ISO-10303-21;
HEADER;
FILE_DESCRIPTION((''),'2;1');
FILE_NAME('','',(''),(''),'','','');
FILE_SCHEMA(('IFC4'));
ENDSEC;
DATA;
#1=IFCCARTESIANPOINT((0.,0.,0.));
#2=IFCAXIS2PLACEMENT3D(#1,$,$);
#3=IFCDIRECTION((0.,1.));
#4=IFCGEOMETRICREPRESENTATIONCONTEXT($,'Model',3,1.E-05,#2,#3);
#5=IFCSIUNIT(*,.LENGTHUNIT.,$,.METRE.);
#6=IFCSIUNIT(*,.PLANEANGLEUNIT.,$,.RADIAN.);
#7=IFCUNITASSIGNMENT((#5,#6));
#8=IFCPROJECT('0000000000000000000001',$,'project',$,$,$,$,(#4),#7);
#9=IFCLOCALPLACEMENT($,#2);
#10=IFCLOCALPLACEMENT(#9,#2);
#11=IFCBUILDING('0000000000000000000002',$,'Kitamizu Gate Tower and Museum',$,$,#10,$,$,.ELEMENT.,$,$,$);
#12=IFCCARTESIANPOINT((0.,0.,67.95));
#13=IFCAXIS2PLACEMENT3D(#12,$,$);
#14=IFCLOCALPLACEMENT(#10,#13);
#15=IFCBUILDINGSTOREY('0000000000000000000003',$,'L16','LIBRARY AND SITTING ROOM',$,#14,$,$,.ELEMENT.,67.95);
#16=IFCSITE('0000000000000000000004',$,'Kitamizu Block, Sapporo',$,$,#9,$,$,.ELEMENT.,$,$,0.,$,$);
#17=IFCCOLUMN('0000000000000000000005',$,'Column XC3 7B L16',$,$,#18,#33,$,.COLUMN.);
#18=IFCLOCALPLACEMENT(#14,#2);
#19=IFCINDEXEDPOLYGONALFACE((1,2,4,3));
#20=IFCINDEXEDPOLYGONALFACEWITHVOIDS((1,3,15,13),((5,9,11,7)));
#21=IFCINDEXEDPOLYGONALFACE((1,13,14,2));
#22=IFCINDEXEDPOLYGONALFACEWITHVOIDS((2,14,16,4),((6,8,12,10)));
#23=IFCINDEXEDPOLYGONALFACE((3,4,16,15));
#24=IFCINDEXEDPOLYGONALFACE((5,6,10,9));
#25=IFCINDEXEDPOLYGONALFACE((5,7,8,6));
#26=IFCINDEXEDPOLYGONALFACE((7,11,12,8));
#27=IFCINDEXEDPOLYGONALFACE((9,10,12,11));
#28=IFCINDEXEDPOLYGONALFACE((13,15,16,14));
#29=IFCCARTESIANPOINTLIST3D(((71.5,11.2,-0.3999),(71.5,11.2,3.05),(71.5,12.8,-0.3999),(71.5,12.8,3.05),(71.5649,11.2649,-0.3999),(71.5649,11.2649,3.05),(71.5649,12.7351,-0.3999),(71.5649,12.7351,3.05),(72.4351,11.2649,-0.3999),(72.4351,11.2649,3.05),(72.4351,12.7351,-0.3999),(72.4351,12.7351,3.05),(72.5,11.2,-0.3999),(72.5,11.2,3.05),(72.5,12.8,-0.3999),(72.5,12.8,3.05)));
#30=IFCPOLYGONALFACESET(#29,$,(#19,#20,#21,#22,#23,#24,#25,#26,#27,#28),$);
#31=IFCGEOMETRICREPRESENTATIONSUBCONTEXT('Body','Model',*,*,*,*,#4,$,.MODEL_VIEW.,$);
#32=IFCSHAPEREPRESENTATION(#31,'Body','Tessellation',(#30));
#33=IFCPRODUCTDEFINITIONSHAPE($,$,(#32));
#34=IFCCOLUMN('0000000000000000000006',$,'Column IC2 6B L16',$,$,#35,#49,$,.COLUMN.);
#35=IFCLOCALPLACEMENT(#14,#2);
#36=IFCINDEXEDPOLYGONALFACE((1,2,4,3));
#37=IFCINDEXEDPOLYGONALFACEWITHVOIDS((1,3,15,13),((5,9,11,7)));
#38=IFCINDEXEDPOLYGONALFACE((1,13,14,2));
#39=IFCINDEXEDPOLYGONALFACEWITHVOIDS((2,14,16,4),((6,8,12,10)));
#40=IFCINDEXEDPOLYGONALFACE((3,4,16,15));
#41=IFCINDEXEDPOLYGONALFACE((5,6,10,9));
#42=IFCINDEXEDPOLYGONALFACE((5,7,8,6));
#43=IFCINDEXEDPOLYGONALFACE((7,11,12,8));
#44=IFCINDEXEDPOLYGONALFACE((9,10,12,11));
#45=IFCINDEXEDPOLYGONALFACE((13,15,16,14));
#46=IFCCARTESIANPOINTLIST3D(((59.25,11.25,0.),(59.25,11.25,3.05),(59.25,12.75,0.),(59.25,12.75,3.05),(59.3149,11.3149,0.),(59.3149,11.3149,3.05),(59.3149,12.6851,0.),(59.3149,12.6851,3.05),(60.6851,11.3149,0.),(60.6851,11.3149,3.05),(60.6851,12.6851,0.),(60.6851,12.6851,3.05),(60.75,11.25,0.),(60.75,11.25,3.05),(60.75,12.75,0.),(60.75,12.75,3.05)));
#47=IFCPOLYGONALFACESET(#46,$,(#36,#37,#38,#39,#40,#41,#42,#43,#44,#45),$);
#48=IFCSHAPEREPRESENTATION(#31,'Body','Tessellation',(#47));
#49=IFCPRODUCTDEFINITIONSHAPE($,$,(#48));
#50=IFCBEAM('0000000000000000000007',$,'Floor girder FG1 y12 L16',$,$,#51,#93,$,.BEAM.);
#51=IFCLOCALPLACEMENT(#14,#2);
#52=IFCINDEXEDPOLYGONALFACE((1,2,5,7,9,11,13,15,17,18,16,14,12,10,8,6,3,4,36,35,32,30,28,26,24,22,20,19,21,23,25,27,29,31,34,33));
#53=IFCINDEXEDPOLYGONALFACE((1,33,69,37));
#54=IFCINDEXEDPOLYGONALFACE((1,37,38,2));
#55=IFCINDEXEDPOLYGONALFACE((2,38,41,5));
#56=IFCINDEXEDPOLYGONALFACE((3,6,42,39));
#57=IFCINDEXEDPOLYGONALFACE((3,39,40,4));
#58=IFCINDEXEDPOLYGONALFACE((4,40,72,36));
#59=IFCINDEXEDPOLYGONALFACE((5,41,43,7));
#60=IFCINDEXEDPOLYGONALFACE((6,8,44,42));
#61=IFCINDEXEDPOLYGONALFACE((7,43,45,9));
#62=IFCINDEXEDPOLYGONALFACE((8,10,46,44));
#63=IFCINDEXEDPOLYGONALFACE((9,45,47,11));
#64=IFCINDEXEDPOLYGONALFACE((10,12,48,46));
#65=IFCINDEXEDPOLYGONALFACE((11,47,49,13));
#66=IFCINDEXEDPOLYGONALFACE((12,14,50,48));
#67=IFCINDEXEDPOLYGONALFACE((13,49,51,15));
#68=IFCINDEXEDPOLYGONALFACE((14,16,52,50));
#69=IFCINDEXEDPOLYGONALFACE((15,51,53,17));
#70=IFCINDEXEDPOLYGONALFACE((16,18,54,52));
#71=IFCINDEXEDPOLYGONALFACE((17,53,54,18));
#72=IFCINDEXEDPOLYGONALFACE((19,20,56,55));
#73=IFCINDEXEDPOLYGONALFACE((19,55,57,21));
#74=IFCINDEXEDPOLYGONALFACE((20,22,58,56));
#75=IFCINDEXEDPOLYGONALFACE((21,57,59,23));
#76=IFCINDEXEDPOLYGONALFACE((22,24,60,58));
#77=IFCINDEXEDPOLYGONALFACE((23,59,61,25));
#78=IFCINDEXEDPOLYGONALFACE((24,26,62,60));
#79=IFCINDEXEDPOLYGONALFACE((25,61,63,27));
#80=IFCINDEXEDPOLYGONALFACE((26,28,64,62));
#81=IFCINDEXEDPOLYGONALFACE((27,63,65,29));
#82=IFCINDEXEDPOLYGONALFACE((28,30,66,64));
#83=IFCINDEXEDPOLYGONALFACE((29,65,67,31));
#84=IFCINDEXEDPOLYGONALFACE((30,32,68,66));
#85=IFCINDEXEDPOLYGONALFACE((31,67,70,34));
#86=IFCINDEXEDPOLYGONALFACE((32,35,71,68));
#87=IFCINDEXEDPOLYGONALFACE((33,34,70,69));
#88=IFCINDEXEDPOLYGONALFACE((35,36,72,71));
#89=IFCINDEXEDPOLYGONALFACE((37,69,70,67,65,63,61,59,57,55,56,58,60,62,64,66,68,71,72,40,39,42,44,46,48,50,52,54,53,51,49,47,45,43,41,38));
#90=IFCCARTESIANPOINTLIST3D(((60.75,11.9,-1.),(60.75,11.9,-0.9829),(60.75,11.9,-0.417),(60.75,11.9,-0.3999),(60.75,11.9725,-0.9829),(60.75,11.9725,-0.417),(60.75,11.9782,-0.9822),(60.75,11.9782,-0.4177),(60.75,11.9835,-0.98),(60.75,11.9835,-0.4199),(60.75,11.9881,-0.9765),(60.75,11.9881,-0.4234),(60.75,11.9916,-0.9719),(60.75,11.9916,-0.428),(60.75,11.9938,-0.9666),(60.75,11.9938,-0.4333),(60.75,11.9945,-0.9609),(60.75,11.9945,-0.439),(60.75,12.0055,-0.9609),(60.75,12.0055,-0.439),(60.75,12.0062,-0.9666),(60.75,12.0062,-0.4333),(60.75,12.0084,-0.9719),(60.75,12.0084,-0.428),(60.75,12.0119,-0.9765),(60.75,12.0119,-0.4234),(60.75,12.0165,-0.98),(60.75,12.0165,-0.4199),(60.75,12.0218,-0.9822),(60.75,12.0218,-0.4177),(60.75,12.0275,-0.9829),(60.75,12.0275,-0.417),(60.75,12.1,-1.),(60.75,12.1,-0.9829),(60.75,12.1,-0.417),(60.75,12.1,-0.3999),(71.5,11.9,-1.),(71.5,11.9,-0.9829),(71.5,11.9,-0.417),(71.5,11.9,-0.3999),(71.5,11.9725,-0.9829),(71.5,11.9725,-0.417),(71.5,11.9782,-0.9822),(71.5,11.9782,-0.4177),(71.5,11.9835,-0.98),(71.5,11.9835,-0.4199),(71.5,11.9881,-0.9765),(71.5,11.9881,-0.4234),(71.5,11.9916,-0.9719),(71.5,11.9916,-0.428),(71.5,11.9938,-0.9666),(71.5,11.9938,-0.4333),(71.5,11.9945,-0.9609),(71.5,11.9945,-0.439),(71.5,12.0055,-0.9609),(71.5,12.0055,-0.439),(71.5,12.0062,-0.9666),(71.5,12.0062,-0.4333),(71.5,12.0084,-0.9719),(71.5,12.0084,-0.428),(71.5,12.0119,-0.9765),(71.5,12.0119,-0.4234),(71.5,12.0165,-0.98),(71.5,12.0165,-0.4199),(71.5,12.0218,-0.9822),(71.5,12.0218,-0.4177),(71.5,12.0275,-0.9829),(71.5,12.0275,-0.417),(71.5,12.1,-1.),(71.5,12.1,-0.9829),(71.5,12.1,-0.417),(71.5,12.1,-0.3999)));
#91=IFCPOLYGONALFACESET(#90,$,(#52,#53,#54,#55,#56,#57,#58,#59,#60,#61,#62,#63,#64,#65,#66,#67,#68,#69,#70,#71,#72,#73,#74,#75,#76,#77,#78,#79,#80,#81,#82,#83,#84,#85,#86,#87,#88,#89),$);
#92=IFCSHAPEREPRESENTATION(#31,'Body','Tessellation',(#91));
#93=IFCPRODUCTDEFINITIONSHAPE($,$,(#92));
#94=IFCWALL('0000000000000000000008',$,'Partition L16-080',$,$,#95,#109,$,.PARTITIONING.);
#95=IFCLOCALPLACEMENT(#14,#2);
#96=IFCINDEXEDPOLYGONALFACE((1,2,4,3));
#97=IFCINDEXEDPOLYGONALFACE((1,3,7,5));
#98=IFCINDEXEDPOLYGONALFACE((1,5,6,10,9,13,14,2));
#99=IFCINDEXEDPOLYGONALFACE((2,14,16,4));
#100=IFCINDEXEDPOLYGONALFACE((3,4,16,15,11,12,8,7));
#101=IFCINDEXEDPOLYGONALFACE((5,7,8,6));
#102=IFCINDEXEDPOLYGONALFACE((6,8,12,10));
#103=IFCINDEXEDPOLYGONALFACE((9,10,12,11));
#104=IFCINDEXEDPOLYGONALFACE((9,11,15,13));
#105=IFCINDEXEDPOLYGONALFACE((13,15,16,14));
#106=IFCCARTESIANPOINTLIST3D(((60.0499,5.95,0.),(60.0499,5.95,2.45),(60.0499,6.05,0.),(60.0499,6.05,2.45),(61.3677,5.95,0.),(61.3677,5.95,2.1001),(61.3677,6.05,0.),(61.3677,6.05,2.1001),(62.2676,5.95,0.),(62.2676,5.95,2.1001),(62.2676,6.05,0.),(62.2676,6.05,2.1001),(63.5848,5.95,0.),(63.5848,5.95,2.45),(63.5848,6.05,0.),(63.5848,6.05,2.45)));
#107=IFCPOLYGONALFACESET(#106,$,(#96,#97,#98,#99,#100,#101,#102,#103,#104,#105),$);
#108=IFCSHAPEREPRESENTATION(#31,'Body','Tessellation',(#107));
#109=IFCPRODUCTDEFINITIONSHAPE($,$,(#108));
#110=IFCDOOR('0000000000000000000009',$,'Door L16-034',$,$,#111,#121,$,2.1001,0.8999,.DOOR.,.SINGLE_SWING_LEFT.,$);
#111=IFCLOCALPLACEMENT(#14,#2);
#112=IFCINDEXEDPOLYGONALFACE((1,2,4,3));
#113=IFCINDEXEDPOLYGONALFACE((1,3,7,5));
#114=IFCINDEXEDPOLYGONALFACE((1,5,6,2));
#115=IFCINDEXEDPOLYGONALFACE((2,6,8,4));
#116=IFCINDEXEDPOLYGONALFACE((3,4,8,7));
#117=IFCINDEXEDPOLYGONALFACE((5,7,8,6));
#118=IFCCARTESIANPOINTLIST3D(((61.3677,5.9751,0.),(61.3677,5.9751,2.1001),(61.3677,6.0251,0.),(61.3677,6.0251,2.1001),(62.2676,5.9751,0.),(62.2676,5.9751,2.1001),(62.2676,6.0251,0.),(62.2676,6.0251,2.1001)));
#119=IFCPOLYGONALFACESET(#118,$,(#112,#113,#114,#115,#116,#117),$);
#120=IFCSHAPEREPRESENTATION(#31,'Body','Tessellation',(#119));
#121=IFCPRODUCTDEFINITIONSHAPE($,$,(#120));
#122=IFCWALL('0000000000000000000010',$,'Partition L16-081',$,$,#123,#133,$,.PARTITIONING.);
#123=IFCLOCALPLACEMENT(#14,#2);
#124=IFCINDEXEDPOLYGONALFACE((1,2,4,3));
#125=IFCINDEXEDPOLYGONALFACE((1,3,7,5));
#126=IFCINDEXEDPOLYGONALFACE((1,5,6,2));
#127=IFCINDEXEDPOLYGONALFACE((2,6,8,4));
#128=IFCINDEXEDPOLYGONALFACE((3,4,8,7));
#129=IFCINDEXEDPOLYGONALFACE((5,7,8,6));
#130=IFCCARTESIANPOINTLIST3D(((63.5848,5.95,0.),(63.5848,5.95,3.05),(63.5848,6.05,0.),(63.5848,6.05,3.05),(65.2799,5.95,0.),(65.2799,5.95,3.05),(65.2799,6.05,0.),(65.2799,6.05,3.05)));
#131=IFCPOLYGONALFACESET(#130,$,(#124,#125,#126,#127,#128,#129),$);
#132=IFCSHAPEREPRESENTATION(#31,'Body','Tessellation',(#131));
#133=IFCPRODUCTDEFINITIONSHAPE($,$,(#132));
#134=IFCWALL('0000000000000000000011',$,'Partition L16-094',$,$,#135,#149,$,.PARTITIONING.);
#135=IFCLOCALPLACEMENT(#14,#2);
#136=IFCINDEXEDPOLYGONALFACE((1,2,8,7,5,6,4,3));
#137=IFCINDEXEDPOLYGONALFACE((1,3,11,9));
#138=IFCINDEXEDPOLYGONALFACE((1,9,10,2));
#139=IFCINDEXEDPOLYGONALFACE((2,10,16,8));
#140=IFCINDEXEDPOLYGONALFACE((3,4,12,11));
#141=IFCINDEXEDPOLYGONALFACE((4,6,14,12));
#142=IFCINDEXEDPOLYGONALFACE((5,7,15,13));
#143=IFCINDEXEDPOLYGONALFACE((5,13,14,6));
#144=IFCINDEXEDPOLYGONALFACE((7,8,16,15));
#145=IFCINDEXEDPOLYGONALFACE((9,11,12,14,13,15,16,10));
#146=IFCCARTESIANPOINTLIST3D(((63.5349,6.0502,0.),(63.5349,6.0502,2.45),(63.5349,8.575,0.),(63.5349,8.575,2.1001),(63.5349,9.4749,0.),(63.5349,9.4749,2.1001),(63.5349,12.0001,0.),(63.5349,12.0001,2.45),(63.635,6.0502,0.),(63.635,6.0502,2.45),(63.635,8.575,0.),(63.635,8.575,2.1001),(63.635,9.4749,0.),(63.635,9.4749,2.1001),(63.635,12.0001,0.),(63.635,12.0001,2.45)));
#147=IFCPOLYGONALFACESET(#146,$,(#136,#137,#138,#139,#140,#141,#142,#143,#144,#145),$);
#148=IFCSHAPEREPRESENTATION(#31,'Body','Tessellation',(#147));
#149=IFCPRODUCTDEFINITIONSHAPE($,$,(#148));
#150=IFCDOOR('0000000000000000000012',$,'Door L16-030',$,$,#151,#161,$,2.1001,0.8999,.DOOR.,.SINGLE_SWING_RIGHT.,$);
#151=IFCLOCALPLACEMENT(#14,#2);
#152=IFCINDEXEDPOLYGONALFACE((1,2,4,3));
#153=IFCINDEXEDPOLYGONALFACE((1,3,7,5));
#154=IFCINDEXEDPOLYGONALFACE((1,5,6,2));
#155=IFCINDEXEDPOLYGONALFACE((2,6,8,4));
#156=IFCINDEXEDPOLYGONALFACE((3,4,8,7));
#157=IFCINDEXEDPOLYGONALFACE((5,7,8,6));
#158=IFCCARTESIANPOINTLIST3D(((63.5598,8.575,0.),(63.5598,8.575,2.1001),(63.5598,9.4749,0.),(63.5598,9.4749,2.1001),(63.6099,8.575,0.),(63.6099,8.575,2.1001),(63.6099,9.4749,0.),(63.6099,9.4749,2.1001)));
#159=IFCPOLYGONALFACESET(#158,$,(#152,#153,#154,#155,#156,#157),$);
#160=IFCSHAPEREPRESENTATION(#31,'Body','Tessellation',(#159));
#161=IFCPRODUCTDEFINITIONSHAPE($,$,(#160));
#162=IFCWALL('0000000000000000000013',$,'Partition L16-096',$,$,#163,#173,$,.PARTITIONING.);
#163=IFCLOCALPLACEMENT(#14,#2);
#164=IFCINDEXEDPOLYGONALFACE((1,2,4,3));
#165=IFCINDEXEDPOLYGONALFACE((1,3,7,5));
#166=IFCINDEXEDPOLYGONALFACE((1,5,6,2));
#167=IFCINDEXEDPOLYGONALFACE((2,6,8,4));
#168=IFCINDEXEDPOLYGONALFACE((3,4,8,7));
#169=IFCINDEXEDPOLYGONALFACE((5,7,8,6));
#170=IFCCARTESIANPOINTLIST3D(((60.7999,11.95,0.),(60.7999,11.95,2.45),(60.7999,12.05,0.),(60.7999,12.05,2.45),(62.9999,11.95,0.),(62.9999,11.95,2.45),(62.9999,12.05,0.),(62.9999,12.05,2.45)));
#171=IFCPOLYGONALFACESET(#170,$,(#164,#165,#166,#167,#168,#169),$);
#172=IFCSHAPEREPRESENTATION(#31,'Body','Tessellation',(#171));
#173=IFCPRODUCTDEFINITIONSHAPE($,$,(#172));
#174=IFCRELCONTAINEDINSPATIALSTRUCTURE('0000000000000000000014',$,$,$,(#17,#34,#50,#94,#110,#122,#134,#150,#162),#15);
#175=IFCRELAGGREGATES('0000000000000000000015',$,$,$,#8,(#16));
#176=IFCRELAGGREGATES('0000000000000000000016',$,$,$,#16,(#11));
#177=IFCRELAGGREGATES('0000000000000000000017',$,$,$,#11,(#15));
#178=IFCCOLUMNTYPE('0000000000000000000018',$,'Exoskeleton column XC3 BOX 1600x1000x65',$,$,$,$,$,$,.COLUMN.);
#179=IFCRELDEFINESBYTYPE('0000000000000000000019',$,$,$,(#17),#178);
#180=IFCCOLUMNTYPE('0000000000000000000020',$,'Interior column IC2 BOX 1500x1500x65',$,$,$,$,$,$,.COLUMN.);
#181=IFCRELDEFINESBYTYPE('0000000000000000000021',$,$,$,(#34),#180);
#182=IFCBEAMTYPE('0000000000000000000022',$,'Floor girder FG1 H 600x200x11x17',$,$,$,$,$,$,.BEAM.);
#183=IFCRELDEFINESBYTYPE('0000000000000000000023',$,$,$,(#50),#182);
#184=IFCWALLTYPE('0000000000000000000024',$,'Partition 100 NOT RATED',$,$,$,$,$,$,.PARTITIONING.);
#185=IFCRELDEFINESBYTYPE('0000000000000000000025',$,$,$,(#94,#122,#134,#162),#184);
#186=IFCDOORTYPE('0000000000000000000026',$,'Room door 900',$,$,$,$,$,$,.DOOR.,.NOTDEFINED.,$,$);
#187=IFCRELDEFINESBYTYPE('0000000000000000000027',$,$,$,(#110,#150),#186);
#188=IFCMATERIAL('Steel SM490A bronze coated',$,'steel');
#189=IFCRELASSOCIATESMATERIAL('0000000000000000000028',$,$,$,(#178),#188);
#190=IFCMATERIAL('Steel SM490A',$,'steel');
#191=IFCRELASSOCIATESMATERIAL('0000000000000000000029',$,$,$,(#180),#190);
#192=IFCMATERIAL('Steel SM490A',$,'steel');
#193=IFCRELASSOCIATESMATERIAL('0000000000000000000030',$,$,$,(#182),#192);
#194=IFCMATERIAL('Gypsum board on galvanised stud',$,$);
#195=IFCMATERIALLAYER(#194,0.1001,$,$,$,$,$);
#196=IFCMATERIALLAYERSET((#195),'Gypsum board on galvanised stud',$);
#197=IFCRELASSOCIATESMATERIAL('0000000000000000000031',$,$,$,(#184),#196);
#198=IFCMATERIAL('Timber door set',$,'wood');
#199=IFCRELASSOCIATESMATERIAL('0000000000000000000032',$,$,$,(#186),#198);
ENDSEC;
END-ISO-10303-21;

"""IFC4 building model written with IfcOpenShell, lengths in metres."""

from ifc_helpers import new_model, si_unit, direction, frame, frame_2d, origin, origin_2d, place, context, subcontext, project, spatial, rectangle, hollow_rectangle, i_section, extrude, material, layer, layer_set, material_profile, profile_set, type_object, element, fill, save


model = new_model("IFC4")

# Units and contexts
model_context = context("Model", 3, precision=1e-05, world=origin(), true_north=direction((0.0, 1.0)))
body_context = subcontext(model_context, "Body", "Model", "MODEL_VIEW")
ifc_project = project(units=[si_unit("LENGTHUNIT", "METRE"), si_unit("PLANEANGLEUNIT", "RADIAN")], contexts=[model_context])

# Site, building, storey
site_placement = place(None, origin())
site = spatial("IfcSite", under=ifc_project, at=site_placement, Name="Kitamizu Block, Sapporo", CompositionType="ELEMENT", RefElevation=0.0)
building_placement = place(site_placement, origin())
building = spatial("IfcBuilding", under=site, at=building_placement, Name="Kitamizu Gate Tower and Museum", CompositionType="ELEMENT")
storey_placement = place(building_placement, frame((0.0, 0.0, 67.95)))
storey = spatial("IfcBuildingStorey", under=building, at=storey_placement, Name="L16", Description="LIBRARY AND SITTING ROOM", CompositionType="ELEMENT", Elevation=67.95)

# Columns
ifc_material_1 = material(Name="Steel SM490A bronze coated", Category="steel")
ifc_material_profile_1 = material_profile(ifc_material_1, hollow_rectangle(XDim=1.6001, YDim=1.0, WallThickness=0.0649, at=origin_2d()), Name="BOX 1600x1000x65")
ifc_profile_set_1 = profile_set([ifc_material_profile_1], Name="Steel SM490A bronze coated")
column_type_1 = type_object("IfcColumnType", Name="Exoskeleton column XC3 BOX 1600x1000x65", PredefinedType="COLUMN", material=ifc_profile_set_1)
column_1_placement = place(storey_placement, frame((72.0, 12.0, -0.3999), z_axis=(0.0, 0.0, 1.0), x_axis=(0.0, 1.0, 0.0)))
element("IfcColumn", 1, at=column_1_placement, inside=storey, type_object=column_type_1, Name="Column XC3 7B L16", PredefinedType="COLUMN", context=body_context, shape_type="SweptSolid", body=[
    extrude(hollow_rectangle(XDim=1.6001, YDim=1.0, WallThickness=0.0649, at=origin_2d()), origin(), (0.0, 0.0, 1.0), 3.45),
])
ifc_material_2 = material(Name="Steel SM490A", Category="steel")
ifc_material_profile_2 = material_profile(ifc_material_2, hollow_rectangle(XDim=1.5, YDim=1.5, WallThickness=0.0649, at=origin_2d()), Name="BOX 1500x1500x65")
ifc_profile_set_2 = profile_set([ifc_material_profile_2], Name="Steel SM490A")
column_type_2 = type_object("IfcColumnType", Name="Interior column IC2 BOX 1500x1500x65", PredefinedType="COLUMN", material=ifc_profile_set_2)
column_2_placement = place(storey_placement, frame((60.0, 12.0, 0.0), z_axis=(0.0, 0.0, 1.0), x_axis=(1.0, 0.0, 0.0)))
element("IfcColumn", 2, at=column_2_placement, inside=storey, type_object=column_type_2, Name="Column IC2 6B L16", PredefinedType="COLUMN", context=body_context, shape_type="SweptSolid", body=[
    extrude(hollow_rectangle(XDim=1.5, YDim=1.5, WallThickness=0.0649, at=origin_2d()), origin(), (0.0, 0.0, 1.0), 3.05),
])

# Beam
ifc_material_3 = material(Name="Steel SM490A", Category="steel")
ifc_material_profile_3 = material_profile(ifc_material_3, i_section(OverallWidth=0.2, OverallDepth=0.6001, WebThickness=0.011, FlangeThickness=0.0171, FilletRadius=0.022, at=origin_2d()), Name="H-600x200x11x17")
ifc_profile_set_3 = profile_set([ifc_material_profile_3], Name="Steel SM490A")
beam_type = type_object("IfcBeamType", Name="Floor girder FG1 H 600x200x11x17", PredefinedType="BEAM", material=ifc_profile_set_3)
beam_placement = place(storey_placement, frame((60.75, 12.0, -0.7), z_axis=(1.0, 0.0, 0.0), x_axis=(0.0, 1.0, 0.0)))
element("IfcBeam", 3, at=beam_placement, inside=storey, type_object=beam_type, Name="Floor girder FG1 y12 L16", PredefinedType="BEAM", context=body_context, shape_type="SweptSolid", body=[
    extrude(i_section(OverallWidth=0.2, OverallDepth=0.6001, WebThickness=0.011, FlangeThickness=0.0171, FilletRadius=0.022, at=origin_2d()), origin(), (0.0, 0.0, 1.0), 10.75),
])

# Wall, opening, door
ifc_material_4 = material(Name="Gypsum board on galvanised stud")
ifc_layer_1 = layer(ifc_material_4, 0.1001)
ifc_layer_set_1 = layer_set([ifc_layer_1], Name="Gypsum board on galvanised stud")
wall_type_1 = type_object("IfcWallType", Name="Partition 100 NOT RATED", PredefinedType="PARTITIONING", material=ifc_layer_set_1)
wall_1_placement = place(storey_placement, frame((63.585, 6.0, 0.0), z_axis=(0.0, 0.0, 1.0), x_axis=(-1.0, 0.0, 0.0)))
wall_1 = element("IfcWall", 4, at=wall_1_placement, inside=storey, type_object=wall_type_1, Name="Partition L16-080", PredefinedType="PARTITIONING", context=body_context, shape_type="SweptSolid", body=[
    extrude(rectangle(XDim=3.5349, YDim=0.1001, at=frame_2d((1.7676, 0.0))), origin(), (0.0, 0.0, 1.0), 2.45),
])
opening_1_placement = place(wall_1_placement, frame((1.3174, 0.0, 0.0)))
opening_1 = element("IfcOpeningElement", 5, at=opening_1_placement, cuts=wall_1, PredefinedType="OPENING", context=body_context, shape_type="SweptSolid", body=[
    extrude(rectangle(XDim=0.8999, YDim=2.1001, at=frame_2d((0.45, 1.05))), frame((0.0, 0.0601, 0.0), z_axis=(0.0, -1.0, 0.0), x_axis=(1.0, 0.0, 0.0)), (0.0, 0.0, 1.0), 0.1201),
])
ifc_material_5 = material(Name="Timber door set", Category="wood")
door_type = type_object("IfcDoorType", Name="Room door 900", OperationType="NOTDEFINED", PredefinedType="DOOR", material=ifc_material_5)
door_1_placement = place(opening_1_placement, origin())
door_1 = element("IfcDoor", 6, at=door_1_placement, inside=storey, type_object=door_type, Name="Door L16-034", OperationType="SINGLE_SWING_LEFT", OverallHeight=2.1001, OverallWidth=0.8999, PredefinedType="DOOR", context=body_context, shape_type="SweptSolid", body=[
    extrude(rectangle(XDim=0.8999, YDim=2.1001, at=frame_2d((0.45, 1.05))), frame((0.0, 0.0249, 0.0), z_axis=(0.0, -1.0, 0.0), x_axis=(1.0, 0.0, 0.0)), (0.0, 0.0, 1.0), 0.05),
])
fill(opening_1, door_1)

# Wall
wall_2_placement = place(storey_placement, frame((65.28, 6.0, 0.0), z_axis=(0.0, 0.0, 1.0), x_axis=(-1.0, 0.0, 0.0)))
element("IfcWall", 7, at=wall_2_placement, inside=storey, type_object=wall_type_1, Name="Partition L16-081", PredefinedType="PARTITIONING", context=body_context, shape_type="SweptSolid", body=[
    extrude(rectangle(XDim=1.6951, YDim=0.1001, at=frame_2d((0.8477, 0.0))), origin(), (0.0, 0.0, 1.0), 3.05),
])

# Wall, opening, door
wall_3_placement = place(storey_placement, frame((63.585, 6.05, 0.0), z_axis=(0.0, 0.0, 1.0), x_axis=(0.0, 1.0, 0.0)))
wall_3 = element("IfcWall", 8, at=wall_3_placement, inside=storey, type_object=wall_type_1, Name="Partition L16-094", PredefinedType="PARTITIONING", context=body_context, shape_type="SweptSolid", body=[
    extrude(rectangle(XDim=5.95, YDim=0.1001, at=frame_2d((2.9751, 0.0))), origin(), (0.0, 0.0, 1.0), 2.45),
])
opening_2_placement = place(wall_3_placement, frame((2.5249, 0.0, 0.0)))
opening_2 = element("IfcOpeningElement", 9, at=opening_2_placement, cuts=wall_3, PredefinedType="OPENING", context=body_context, shape_type="SweptSolid", body=[
    extrude(rectangle(XDim=0.8999, YDim=2.1001, at=frame_2d((0.45, 1.05))), frame((0.0, 0.0601, 0.0), z_axis=(0.0, -1.0, 0.0), x_axis=(1.0, 0.0, 0.0)), (0.0, 0.0, 1.0), 0.1201),
])
door_2_placement = place(opening_2_placement, frame((0.8999, 0.0, 0.0), x_axis=(-1.0, 0.0, 0.0)))
door_2 = element("IfcDoor", 10, at=door_2_placement, inside=storey, type_object=door_type, Name="Door L16-030", OperationType="SINGLE_SWING_RIGHT", OverallHeight=2.1001, OverallWidth=0.8999, PredefinedType="DOOR", context=body_context, shape_type="SweptSolid", body=[
    extrude(rectangle(XDim=0.8999, YDim=2.1001, at=frame_2d((0.45, 1.05))), frame((0.0, 0.0249, 0.0), z_axis=(0.0, -1.0, 0.0), x_axis=(1.0, 0.0, 0.0)), (0.0, 0.0, 1.0), 0.05),
])
fill(opening_2, door_2)

# Wall
wall_4_placement = place(storey_placement, frame((63.0, 12.0, 0.0), z_axis=(0.0, 0.0, 1.0), x_axis=(-1.0, 0.0, 0.0)))
element("IfcWall", 11, at=wall_4_placement, inside=storey, type_object=wall_type_1, Name="Partition L16-096", PredefinedType="PARTITIONING", context=body_context, shape_type="SweptSolid", body=[
    extrude(rectangle(XDim=2.2, YDim=0.1001, at=frame_2d((1.1001, 0.0))), origin(), (0.0, 0.0, 1.0), 2.45),
])

save(model, "model.ifc")
